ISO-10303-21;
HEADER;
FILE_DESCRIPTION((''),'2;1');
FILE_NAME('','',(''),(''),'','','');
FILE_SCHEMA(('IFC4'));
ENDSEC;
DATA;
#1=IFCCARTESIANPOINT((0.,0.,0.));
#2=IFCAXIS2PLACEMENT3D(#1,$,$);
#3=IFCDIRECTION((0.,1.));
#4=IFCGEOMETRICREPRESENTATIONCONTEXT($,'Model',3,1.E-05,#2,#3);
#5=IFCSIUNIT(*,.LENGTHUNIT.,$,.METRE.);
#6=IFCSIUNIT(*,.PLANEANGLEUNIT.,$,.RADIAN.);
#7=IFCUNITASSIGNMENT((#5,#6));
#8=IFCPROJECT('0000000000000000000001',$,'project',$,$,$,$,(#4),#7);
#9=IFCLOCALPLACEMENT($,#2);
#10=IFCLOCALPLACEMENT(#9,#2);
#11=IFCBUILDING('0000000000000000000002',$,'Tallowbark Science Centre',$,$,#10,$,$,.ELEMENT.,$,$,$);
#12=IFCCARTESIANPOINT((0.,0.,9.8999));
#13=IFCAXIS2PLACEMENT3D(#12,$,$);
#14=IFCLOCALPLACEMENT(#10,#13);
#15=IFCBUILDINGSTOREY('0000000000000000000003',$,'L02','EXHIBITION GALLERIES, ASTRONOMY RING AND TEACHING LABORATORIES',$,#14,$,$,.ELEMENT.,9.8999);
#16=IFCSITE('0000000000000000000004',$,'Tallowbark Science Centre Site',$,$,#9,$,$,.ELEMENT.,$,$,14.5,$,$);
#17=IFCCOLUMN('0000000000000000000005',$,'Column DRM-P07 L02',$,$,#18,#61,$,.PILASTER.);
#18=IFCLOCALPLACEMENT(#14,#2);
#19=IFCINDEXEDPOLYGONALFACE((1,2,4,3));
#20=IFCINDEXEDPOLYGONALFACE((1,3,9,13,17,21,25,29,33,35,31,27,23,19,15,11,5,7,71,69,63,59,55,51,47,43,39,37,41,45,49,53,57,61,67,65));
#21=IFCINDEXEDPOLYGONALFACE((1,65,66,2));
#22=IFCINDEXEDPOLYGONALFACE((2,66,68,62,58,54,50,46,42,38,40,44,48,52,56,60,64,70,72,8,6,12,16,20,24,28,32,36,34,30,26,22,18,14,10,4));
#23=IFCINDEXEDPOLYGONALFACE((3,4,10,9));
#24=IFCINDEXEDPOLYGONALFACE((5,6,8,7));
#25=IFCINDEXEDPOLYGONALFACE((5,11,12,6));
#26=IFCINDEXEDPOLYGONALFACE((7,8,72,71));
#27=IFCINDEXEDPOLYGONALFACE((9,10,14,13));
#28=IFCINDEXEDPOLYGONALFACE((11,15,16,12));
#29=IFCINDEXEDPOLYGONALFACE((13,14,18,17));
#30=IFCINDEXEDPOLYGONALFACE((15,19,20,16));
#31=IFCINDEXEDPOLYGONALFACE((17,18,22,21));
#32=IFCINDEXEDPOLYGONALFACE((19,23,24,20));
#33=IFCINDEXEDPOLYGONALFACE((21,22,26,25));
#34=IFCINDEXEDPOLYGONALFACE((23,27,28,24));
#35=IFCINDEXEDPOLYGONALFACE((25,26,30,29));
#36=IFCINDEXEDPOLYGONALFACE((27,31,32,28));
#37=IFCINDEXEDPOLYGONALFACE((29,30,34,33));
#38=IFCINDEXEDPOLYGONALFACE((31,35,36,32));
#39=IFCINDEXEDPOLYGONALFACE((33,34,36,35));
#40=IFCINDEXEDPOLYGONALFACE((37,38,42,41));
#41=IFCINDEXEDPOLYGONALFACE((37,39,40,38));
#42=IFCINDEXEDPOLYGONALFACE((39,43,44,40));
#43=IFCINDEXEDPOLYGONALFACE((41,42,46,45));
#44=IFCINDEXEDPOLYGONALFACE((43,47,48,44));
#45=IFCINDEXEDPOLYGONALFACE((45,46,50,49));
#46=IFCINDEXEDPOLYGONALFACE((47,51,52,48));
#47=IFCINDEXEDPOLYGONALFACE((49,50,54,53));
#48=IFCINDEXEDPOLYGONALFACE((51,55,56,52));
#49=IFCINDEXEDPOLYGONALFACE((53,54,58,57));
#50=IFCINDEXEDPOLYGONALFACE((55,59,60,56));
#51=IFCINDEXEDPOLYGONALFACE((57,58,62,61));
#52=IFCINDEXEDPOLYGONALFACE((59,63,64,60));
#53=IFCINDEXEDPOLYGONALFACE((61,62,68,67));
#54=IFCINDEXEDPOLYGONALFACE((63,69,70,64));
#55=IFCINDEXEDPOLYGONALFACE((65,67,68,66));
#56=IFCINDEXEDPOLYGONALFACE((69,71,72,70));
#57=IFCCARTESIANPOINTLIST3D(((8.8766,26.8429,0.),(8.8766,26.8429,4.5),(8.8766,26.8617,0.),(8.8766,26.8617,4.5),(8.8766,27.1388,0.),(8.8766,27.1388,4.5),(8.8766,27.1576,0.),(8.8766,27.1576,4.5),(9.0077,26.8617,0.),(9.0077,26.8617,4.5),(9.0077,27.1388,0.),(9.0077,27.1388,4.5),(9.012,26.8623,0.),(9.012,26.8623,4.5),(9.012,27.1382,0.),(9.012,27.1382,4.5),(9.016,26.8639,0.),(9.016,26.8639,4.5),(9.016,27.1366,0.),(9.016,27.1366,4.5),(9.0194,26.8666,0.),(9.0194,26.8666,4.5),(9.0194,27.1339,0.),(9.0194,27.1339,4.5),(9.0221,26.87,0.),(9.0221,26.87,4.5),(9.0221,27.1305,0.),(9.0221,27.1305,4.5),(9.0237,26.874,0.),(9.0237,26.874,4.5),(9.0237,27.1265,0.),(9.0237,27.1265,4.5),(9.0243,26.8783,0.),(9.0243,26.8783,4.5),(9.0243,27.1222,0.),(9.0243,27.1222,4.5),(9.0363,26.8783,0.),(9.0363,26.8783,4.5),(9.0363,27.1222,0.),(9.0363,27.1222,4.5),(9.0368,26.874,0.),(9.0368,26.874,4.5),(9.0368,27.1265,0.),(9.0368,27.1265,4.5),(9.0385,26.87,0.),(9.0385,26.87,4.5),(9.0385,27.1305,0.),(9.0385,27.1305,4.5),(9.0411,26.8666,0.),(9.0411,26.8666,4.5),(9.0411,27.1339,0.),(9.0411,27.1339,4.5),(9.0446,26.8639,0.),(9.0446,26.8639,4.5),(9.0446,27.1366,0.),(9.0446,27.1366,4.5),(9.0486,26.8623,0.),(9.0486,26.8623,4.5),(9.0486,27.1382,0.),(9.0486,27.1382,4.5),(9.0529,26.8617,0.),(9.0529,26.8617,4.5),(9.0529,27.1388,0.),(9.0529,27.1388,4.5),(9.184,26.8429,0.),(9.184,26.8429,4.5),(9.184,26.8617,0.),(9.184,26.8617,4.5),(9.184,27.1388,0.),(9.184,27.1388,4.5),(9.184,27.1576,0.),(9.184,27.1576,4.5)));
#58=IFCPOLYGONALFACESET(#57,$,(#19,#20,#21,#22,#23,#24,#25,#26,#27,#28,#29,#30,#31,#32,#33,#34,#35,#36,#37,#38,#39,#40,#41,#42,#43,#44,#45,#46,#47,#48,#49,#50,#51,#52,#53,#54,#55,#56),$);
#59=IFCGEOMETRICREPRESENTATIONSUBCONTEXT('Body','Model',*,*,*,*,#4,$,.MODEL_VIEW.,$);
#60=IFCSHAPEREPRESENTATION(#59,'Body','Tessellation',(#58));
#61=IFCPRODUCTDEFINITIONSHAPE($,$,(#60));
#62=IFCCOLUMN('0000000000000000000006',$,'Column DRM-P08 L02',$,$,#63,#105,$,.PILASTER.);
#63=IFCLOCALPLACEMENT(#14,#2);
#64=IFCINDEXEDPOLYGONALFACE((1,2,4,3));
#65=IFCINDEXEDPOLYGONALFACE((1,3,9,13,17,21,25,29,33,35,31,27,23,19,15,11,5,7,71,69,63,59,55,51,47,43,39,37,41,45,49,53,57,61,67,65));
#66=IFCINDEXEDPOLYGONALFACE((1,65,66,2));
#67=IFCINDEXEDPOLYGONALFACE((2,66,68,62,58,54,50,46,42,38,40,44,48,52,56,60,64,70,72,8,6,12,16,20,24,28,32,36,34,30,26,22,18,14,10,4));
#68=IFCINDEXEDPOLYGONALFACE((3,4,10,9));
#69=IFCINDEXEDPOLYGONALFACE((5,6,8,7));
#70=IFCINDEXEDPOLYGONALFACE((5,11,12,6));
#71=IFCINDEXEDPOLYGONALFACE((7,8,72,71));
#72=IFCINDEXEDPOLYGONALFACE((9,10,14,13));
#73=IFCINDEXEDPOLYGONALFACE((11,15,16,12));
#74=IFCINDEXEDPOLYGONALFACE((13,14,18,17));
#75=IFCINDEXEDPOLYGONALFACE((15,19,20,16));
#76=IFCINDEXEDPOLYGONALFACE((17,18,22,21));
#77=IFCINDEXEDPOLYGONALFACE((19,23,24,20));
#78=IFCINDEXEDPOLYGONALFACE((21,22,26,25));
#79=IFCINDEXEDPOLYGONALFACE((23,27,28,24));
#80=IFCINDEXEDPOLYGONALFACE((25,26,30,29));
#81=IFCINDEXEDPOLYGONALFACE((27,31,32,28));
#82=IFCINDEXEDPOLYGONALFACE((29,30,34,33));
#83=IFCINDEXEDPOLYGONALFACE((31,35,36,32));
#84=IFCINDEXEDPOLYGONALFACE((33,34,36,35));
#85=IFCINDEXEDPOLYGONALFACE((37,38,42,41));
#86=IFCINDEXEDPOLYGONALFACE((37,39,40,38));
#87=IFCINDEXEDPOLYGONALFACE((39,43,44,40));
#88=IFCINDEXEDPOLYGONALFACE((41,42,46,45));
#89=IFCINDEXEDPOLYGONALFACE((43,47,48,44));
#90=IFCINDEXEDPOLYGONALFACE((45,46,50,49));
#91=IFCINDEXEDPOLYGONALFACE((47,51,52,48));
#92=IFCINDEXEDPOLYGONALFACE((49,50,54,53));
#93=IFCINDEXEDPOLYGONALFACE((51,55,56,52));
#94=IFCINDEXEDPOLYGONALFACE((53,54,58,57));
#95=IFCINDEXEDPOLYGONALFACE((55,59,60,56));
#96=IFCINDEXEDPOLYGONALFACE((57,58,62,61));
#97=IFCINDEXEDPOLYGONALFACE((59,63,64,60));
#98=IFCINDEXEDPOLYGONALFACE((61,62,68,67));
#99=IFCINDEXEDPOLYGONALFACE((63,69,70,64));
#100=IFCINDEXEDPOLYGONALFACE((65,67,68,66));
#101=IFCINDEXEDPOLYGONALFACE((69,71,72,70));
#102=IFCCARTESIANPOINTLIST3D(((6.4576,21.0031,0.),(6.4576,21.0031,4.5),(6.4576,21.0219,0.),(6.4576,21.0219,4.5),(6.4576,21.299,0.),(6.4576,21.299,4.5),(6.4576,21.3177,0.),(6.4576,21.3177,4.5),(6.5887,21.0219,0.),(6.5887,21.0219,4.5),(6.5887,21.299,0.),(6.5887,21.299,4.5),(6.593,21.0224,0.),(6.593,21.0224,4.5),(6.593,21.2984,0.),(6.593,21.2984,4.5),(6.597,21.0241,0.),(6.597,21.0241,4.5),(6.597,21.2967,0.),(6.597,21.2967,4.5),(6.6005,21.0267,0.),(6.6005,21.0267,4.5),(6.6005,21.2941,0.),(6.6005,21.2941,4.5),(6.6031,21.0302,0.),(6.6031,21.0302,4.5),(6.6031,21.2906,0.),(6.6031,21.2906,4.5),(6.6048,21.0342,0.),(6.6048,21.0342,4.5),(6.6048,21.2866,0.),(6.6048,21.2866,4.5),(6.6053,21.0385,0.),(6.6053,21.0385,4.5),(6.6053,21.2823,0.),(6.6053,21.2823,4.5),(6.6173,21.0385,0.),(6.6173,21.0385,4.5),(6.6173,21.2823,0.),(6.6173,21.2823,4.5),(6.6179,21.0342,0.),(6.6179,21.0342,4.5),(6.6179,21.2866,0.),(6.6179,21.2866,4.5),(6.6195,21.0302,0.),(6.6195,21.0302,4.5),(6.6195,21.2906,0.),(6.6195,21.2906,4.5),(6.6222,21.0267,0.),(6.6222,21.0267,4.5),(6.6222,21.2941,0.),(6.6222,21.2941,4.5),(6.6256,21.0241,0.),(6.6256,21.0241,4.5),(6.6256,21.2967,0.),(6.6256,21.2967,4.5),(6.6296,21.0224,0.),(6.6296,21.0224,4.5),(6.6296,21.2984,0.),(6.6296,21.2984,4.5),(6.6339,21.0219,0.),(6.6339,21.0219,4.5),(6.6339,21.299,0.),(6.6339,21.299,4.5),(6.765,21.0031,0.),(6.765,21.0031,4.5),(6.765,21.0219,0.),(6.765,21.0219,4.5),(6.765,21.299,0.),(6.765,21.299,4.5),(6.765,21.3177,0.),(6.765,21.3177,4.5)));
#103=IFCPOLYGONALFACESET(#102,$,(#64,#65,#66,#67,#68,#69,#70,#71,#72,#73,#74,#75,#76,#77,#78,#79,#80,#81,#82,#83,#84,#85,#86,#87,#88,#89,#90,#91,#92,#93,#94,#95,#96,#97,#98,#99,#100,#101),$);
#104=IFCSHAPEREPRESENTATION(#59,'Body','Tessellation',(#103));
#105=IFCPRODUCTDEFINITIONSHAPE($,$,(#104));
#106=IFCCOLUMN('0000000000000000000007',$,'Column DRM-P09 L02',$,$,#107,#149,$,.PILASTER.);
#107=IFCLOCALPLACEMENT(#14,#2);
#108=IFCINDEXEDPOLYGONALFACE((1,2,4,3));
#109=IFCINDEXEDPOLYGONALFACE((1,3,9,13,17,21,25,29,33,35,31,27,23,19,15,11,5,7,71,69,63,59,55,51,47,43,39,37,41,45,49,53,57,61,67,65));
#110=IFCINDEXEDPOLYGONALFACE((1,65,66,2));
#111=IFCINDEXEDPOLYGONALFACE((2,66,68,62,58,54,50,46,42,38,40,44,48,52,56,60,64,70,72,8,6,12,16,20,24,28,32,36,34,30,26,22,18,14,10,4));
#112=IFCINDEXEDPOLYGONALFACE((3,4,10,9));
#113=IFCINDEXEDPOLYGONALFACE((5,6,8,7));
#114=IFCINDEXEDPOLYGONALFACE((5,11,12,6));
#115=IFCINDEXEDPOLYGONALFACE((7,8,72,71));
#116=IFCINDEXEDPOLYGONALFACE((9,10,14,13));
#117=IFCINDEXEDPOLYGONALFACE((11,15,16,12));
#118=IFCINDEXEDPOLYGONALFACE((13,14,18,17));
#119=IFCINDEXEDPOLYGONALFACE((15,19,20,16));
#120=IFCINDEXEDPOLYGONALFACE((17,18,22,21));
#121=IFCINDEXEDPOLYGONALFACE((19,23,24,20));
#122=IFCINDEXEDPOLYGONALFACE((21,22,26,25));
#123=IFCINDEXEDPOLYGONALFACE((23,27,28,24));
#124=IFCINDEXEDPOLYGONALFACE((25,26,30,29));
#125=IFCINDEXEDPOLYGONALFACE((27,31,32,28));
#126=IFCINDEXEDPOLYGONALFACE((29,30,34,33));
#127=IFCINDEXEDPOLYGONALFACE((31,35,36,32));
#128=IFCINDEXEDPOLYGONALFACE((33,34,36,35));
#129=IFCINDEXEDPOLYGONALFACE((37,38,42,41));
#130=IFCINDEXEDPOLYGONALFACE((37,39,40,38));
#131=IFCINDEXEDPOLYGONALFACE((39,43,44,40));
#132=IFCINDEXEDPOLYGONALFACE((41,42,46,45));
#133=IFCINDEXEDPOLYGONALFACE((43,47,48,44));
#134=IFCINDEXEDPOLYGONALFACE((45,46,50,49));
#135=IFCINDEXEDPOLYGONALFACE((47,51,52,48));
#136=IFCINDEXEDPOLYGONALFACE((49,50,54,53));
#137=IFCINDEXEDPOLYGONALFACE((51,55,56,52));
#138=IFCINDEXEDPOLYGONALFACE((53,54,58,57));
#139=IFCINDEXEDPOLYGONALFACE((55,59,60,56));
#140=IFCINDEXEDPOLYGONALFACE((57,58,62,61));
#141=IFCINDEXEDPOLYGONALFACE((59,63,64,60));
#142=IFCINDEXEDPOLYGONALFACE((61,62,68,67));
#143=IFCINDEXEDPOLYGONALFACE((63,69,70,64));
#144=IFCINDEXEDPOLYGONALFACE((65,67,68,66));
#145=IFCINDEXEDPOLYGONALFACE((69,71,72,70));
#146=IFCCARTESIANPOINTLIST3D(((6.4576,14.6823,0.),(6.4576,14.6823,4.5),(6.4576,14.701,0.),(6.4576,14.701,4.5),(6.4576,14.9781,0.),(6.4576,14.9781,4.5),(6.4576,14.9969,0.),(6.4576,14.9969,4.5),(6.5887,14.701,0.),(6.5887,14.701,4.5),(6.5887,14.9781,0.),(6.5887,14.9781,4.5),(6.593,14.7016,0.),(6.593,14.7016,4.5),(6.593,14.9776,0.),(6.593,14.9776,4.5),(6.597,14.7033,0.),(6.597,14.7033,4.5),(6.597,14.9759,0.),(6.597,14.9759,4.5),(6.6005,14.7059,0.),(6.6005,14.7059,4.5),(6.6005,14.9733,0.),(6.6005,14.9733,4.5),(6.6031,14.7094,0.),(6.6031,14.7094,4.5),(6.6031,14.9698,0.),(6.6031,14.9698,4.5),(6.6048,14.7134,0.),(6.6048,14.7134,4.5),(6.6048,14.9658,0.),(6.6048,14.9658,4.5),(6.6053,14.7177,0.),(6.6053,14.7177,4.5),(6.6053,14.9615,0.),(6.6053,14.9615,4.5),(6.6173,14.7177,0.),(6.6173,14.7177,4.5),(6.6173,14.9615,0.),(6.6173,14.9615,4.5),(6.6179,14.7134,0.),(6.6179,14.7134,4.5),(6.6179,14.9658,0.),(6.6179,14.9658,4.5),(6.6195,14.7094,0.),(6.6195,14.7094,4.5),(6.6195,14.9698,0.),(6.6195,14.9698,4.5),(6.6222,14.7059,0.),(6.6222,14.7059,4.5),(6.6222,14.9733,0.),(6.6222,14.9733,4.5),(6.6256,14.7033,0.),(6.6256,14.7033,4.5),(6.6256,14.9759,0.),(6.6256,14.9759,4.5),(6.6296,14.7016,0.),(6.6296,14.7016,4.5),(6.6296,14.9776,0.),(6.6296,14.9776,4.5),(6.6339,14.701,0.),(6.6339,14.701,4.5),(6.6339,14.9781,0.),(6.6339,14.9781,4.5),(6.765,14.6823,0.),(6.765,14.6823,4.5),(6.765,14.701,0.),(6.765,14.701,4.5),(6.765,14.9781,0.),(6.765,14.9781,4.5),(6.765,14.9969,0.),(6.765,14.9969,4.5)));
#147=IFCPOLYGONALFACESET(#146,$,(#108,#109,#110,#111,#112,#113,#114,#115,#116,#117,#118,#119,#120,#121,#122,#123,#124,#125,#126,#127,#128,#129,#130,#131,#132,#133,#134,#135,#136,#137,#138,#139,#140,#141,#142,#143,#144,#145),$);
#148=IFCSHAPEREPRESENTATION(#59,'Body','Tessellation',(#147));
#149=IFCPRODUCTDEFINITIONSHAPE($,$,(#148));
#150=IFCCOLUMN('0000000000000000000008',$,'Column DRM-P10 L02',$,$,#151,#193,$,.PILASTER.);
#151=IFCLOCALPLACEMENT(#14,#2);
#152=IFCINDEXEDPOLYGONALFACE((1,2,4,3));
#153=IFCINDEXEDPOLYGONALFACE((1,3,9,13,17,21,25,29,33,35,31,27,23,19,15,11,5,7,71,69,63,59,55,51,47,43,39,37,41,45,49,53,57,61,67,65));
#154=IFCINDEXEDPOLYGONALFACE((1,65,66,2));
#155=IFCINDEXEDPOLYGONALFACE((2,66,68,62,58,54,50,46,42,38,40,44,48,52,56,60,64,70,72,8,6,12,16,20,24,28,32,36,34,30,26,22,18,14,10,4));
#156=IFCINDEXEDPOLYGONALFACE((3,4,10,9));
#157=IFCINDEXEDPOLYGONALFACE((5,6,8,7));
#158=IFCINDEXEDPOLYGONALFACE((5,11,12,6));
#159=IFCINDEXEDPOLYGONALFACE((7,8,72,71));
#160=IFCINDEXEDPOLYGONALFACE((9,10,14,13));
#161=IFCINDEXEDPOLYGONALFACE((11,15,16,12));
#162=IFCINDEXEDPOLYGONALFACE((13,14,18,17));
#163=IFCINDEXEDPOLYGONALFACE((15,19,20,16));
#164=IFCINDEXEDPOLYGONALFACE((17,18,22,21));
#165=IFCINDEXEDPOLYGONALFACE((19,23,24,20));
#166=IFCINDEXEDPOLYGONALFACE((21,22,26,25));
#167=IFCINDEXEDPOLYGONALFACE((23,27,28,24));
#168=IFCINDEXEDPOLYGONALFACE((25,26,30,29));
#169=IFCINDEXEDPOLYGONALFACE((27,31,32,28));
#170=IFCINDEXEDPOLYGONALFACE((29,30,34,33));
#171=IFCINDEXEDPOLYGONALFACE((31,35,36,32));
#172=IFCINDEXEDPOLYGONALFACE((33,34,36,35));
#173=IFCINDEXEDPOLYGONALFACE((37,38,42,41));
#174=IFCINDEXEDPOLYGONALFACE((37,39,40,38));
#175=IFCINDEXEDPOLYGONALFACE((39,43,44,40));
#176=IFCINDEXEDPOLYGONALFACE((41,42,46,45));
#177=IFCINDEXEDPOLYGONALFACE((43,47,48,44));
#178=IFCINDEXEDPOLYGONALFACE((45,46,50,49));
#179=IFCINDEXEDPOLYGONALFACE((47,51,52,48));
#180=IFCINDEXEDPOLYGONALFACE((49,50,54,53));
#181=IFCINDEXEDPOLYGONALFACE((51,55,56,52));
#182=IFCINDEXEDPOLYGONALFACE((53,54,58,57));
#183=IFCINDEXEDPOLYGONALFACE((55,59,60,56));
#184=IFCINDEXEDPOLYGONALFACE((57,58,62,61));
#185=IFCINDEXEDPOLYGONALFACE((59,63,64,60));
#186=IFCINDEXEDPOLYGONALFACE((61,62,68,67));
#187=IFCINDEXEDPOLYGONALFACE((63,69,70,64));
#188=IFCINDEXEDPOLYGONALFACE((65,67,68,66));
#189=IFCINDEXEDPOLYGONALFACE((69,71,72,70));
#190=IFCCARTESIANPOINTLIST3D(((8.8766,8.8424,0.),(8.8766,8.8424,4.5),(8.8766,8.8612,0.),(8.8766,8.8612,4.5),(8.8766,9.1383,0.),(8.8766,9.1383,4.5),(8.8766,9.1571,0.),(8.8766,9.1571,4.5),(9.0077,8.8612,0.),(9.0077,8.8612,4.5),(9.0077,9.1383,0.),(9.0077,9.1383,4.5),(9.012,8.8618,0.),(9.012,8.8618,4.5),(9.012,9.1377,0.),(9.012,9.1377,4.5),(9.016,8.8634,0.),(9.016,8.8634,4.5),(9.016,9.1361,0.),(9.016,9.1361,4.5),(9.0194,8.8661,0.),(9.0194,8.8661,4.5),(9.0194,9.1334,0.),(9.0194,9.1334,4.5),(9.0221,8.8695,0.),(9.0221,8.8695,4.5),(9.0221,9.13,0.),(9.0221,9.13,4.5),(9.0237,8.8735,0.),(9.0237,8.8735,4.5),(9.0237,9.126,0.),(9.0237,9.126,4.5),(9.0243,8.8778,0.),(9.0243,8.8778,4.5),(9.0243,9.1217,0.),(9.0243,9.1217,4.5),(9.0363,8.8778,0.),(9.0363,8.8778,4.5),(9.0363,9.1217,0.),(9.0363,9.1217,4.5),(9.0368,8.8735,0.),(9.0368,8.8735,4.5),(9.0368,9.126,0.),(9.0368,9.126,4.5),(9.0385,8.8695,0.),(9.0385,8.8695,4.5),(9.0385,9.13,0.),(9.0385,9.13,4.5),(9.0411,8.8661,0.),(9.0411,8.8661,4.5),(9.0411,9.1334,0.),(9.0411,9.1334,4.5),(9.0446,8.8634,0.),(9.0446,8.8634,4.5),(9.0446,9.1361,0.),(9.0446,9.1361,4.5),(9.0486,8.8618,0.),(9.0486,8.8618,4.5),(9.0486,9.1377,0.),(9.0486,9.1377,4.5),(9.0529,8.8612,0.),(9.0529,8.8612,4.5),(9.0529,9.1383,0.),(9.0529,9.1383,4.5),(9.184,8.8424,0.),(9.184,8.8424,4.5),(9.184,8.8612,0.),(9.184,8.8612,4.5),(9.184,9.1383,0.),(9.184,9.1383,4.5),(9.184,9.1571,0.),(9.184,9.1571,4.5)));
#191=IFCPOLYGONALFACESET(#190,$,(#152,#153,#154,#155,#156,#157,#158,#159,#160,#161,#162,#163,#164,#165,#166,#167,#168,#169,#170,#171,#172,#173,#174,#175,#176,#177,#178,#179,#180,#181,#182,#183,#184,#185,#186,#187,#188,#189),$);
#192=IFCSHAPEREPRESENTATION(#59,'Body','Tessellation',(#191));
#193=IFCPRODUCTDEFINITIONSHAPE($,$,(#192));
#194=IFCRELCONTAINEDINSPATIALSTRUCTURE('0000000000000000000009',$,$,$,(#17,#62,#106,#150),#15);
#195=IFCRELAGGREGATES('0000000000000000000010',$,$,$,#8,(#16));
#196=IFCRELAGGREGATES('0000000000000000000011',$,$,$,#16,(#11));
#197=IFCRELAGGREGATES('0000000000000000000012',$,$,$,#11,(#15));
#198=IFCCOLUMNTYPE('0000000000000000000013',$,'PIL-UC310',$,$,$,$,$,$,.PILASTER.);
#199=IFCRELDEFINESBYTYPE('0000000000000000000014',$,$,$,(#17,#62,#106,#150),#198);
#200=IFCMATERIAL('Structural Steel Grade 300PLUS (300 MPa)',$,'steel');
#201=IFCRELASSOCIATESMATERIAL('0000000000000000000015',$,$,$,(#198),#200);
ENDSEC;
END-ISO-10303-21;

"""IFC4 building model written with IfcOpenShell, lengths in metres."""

from ifc_helpers import new_model, si_unit, direction, frame, origin, origin_2d, place, context, subcontext, project, spatial, i_section, extrude, material, material_profile, profile_set, type_object, element, save


model = new_model("IFC4")

# Units and contexts
model_context = context("Model", 3, precision=1e-05, world=origin(), true_north=direction((0.0, 1.0)))
body_context = subcontext(model_context, "Body", "Model", "MODEL_VIEW")
ifc_project = project(units=[si_unit("LENGTHUNIT", "METRE"), si_unit("PLANEANGLEUNIT", "RADIAN")], contexts=[model_context])

# Site, building, storey
site_placement = place(None, origin())
site = spatial("IfcSite", under=ifc_project, at=site_placement, Name="Tallowbark Science Centre Site", CompositionType="ELEMENT", RefElevation=14.5)
building_placement = place(site_placement, origin())
building = spatial("IfcBuilding", under=site, at=building_placement, Name="Tallowbark Science Centre", CompositionType="ELEMENT")
storey_placement = place(building_placement, frame((0.0, 0.0, 9.8999)))
storey = spatial("IfcBuildingStorey", under=building, at=storey_placement, Name="L02", Description="EXHIBITION GALLERIES, ASTRONOMY RING AND TEACHING LABORATORIES", CompositionType="ELEMENT", Elevation=9.8999)

# Columns
ifc_material_1 = material(Name="Structural Steel Grade 300PLUS (300 MPa)", Category="steel")
ifc_material_profile_1 = material_profile(ifc_material_1, i_section(OverallWidth=0.3074, OverallDepth=0.3147, WebThickness=0.012, FlangeThickness=0.0188, FilletRadius=0.0166, at=origin_2d()), Name="310UC118")
ifc_profile_set_1 = profile_set([ifc_material_profile_1], Name="Structural Steel Grade 300PLUS (300 MPa)")
column_type = type_object("IfcColumnType", Name="PIL-UC310", PredefinedType="PILASTER", material=ifc_profile_set_1)
for number, where, z_axis, x_axis, name in (
    (1, (9.0303, 27.0002, 0.0), (0.0, 0.0, 1.0), (1.0, 0.0, 0.0), "Column DRM-P07 L02"),
    (2, (6.6113, 21.1604, 0.0), (0.0, 0.0, 1.0), (1.0, 0.0, 0.0), "Column DRM-P08 L02"),
    (3, (6.6113, 14.8396, 0.0), (0.0, 0.0, 1.0), (1.0, 0.0, 0.0), "Column DRM-P09 L02"),
    (4, (9.0303, 8.9998, 0.0), (0.0, 0.0, 1.0), (1.0, 0.0, 0.0), "Column DRM-P10 L02"),
):
    element("IfcColumn", number, at=place(storey_placement, frame(where, z_axis=z_axis, x_axis=x_axis)), inside=storey, type_object=column_type, Name=name, PredefinedType="PILASTER", context=body_context, shape_type="SweptSolid", body=[
        extrude(i_section(OverallWidth=0.3074, OverallDepth=0.3147, WebThickness=0.012, FlangeThickness=0.0188, FilletRadius=0.0166, at=origin_2d()), origin(), (0.0, 0.0, 1.0), 4.5),
    ])

save(model, "model.ifc")
